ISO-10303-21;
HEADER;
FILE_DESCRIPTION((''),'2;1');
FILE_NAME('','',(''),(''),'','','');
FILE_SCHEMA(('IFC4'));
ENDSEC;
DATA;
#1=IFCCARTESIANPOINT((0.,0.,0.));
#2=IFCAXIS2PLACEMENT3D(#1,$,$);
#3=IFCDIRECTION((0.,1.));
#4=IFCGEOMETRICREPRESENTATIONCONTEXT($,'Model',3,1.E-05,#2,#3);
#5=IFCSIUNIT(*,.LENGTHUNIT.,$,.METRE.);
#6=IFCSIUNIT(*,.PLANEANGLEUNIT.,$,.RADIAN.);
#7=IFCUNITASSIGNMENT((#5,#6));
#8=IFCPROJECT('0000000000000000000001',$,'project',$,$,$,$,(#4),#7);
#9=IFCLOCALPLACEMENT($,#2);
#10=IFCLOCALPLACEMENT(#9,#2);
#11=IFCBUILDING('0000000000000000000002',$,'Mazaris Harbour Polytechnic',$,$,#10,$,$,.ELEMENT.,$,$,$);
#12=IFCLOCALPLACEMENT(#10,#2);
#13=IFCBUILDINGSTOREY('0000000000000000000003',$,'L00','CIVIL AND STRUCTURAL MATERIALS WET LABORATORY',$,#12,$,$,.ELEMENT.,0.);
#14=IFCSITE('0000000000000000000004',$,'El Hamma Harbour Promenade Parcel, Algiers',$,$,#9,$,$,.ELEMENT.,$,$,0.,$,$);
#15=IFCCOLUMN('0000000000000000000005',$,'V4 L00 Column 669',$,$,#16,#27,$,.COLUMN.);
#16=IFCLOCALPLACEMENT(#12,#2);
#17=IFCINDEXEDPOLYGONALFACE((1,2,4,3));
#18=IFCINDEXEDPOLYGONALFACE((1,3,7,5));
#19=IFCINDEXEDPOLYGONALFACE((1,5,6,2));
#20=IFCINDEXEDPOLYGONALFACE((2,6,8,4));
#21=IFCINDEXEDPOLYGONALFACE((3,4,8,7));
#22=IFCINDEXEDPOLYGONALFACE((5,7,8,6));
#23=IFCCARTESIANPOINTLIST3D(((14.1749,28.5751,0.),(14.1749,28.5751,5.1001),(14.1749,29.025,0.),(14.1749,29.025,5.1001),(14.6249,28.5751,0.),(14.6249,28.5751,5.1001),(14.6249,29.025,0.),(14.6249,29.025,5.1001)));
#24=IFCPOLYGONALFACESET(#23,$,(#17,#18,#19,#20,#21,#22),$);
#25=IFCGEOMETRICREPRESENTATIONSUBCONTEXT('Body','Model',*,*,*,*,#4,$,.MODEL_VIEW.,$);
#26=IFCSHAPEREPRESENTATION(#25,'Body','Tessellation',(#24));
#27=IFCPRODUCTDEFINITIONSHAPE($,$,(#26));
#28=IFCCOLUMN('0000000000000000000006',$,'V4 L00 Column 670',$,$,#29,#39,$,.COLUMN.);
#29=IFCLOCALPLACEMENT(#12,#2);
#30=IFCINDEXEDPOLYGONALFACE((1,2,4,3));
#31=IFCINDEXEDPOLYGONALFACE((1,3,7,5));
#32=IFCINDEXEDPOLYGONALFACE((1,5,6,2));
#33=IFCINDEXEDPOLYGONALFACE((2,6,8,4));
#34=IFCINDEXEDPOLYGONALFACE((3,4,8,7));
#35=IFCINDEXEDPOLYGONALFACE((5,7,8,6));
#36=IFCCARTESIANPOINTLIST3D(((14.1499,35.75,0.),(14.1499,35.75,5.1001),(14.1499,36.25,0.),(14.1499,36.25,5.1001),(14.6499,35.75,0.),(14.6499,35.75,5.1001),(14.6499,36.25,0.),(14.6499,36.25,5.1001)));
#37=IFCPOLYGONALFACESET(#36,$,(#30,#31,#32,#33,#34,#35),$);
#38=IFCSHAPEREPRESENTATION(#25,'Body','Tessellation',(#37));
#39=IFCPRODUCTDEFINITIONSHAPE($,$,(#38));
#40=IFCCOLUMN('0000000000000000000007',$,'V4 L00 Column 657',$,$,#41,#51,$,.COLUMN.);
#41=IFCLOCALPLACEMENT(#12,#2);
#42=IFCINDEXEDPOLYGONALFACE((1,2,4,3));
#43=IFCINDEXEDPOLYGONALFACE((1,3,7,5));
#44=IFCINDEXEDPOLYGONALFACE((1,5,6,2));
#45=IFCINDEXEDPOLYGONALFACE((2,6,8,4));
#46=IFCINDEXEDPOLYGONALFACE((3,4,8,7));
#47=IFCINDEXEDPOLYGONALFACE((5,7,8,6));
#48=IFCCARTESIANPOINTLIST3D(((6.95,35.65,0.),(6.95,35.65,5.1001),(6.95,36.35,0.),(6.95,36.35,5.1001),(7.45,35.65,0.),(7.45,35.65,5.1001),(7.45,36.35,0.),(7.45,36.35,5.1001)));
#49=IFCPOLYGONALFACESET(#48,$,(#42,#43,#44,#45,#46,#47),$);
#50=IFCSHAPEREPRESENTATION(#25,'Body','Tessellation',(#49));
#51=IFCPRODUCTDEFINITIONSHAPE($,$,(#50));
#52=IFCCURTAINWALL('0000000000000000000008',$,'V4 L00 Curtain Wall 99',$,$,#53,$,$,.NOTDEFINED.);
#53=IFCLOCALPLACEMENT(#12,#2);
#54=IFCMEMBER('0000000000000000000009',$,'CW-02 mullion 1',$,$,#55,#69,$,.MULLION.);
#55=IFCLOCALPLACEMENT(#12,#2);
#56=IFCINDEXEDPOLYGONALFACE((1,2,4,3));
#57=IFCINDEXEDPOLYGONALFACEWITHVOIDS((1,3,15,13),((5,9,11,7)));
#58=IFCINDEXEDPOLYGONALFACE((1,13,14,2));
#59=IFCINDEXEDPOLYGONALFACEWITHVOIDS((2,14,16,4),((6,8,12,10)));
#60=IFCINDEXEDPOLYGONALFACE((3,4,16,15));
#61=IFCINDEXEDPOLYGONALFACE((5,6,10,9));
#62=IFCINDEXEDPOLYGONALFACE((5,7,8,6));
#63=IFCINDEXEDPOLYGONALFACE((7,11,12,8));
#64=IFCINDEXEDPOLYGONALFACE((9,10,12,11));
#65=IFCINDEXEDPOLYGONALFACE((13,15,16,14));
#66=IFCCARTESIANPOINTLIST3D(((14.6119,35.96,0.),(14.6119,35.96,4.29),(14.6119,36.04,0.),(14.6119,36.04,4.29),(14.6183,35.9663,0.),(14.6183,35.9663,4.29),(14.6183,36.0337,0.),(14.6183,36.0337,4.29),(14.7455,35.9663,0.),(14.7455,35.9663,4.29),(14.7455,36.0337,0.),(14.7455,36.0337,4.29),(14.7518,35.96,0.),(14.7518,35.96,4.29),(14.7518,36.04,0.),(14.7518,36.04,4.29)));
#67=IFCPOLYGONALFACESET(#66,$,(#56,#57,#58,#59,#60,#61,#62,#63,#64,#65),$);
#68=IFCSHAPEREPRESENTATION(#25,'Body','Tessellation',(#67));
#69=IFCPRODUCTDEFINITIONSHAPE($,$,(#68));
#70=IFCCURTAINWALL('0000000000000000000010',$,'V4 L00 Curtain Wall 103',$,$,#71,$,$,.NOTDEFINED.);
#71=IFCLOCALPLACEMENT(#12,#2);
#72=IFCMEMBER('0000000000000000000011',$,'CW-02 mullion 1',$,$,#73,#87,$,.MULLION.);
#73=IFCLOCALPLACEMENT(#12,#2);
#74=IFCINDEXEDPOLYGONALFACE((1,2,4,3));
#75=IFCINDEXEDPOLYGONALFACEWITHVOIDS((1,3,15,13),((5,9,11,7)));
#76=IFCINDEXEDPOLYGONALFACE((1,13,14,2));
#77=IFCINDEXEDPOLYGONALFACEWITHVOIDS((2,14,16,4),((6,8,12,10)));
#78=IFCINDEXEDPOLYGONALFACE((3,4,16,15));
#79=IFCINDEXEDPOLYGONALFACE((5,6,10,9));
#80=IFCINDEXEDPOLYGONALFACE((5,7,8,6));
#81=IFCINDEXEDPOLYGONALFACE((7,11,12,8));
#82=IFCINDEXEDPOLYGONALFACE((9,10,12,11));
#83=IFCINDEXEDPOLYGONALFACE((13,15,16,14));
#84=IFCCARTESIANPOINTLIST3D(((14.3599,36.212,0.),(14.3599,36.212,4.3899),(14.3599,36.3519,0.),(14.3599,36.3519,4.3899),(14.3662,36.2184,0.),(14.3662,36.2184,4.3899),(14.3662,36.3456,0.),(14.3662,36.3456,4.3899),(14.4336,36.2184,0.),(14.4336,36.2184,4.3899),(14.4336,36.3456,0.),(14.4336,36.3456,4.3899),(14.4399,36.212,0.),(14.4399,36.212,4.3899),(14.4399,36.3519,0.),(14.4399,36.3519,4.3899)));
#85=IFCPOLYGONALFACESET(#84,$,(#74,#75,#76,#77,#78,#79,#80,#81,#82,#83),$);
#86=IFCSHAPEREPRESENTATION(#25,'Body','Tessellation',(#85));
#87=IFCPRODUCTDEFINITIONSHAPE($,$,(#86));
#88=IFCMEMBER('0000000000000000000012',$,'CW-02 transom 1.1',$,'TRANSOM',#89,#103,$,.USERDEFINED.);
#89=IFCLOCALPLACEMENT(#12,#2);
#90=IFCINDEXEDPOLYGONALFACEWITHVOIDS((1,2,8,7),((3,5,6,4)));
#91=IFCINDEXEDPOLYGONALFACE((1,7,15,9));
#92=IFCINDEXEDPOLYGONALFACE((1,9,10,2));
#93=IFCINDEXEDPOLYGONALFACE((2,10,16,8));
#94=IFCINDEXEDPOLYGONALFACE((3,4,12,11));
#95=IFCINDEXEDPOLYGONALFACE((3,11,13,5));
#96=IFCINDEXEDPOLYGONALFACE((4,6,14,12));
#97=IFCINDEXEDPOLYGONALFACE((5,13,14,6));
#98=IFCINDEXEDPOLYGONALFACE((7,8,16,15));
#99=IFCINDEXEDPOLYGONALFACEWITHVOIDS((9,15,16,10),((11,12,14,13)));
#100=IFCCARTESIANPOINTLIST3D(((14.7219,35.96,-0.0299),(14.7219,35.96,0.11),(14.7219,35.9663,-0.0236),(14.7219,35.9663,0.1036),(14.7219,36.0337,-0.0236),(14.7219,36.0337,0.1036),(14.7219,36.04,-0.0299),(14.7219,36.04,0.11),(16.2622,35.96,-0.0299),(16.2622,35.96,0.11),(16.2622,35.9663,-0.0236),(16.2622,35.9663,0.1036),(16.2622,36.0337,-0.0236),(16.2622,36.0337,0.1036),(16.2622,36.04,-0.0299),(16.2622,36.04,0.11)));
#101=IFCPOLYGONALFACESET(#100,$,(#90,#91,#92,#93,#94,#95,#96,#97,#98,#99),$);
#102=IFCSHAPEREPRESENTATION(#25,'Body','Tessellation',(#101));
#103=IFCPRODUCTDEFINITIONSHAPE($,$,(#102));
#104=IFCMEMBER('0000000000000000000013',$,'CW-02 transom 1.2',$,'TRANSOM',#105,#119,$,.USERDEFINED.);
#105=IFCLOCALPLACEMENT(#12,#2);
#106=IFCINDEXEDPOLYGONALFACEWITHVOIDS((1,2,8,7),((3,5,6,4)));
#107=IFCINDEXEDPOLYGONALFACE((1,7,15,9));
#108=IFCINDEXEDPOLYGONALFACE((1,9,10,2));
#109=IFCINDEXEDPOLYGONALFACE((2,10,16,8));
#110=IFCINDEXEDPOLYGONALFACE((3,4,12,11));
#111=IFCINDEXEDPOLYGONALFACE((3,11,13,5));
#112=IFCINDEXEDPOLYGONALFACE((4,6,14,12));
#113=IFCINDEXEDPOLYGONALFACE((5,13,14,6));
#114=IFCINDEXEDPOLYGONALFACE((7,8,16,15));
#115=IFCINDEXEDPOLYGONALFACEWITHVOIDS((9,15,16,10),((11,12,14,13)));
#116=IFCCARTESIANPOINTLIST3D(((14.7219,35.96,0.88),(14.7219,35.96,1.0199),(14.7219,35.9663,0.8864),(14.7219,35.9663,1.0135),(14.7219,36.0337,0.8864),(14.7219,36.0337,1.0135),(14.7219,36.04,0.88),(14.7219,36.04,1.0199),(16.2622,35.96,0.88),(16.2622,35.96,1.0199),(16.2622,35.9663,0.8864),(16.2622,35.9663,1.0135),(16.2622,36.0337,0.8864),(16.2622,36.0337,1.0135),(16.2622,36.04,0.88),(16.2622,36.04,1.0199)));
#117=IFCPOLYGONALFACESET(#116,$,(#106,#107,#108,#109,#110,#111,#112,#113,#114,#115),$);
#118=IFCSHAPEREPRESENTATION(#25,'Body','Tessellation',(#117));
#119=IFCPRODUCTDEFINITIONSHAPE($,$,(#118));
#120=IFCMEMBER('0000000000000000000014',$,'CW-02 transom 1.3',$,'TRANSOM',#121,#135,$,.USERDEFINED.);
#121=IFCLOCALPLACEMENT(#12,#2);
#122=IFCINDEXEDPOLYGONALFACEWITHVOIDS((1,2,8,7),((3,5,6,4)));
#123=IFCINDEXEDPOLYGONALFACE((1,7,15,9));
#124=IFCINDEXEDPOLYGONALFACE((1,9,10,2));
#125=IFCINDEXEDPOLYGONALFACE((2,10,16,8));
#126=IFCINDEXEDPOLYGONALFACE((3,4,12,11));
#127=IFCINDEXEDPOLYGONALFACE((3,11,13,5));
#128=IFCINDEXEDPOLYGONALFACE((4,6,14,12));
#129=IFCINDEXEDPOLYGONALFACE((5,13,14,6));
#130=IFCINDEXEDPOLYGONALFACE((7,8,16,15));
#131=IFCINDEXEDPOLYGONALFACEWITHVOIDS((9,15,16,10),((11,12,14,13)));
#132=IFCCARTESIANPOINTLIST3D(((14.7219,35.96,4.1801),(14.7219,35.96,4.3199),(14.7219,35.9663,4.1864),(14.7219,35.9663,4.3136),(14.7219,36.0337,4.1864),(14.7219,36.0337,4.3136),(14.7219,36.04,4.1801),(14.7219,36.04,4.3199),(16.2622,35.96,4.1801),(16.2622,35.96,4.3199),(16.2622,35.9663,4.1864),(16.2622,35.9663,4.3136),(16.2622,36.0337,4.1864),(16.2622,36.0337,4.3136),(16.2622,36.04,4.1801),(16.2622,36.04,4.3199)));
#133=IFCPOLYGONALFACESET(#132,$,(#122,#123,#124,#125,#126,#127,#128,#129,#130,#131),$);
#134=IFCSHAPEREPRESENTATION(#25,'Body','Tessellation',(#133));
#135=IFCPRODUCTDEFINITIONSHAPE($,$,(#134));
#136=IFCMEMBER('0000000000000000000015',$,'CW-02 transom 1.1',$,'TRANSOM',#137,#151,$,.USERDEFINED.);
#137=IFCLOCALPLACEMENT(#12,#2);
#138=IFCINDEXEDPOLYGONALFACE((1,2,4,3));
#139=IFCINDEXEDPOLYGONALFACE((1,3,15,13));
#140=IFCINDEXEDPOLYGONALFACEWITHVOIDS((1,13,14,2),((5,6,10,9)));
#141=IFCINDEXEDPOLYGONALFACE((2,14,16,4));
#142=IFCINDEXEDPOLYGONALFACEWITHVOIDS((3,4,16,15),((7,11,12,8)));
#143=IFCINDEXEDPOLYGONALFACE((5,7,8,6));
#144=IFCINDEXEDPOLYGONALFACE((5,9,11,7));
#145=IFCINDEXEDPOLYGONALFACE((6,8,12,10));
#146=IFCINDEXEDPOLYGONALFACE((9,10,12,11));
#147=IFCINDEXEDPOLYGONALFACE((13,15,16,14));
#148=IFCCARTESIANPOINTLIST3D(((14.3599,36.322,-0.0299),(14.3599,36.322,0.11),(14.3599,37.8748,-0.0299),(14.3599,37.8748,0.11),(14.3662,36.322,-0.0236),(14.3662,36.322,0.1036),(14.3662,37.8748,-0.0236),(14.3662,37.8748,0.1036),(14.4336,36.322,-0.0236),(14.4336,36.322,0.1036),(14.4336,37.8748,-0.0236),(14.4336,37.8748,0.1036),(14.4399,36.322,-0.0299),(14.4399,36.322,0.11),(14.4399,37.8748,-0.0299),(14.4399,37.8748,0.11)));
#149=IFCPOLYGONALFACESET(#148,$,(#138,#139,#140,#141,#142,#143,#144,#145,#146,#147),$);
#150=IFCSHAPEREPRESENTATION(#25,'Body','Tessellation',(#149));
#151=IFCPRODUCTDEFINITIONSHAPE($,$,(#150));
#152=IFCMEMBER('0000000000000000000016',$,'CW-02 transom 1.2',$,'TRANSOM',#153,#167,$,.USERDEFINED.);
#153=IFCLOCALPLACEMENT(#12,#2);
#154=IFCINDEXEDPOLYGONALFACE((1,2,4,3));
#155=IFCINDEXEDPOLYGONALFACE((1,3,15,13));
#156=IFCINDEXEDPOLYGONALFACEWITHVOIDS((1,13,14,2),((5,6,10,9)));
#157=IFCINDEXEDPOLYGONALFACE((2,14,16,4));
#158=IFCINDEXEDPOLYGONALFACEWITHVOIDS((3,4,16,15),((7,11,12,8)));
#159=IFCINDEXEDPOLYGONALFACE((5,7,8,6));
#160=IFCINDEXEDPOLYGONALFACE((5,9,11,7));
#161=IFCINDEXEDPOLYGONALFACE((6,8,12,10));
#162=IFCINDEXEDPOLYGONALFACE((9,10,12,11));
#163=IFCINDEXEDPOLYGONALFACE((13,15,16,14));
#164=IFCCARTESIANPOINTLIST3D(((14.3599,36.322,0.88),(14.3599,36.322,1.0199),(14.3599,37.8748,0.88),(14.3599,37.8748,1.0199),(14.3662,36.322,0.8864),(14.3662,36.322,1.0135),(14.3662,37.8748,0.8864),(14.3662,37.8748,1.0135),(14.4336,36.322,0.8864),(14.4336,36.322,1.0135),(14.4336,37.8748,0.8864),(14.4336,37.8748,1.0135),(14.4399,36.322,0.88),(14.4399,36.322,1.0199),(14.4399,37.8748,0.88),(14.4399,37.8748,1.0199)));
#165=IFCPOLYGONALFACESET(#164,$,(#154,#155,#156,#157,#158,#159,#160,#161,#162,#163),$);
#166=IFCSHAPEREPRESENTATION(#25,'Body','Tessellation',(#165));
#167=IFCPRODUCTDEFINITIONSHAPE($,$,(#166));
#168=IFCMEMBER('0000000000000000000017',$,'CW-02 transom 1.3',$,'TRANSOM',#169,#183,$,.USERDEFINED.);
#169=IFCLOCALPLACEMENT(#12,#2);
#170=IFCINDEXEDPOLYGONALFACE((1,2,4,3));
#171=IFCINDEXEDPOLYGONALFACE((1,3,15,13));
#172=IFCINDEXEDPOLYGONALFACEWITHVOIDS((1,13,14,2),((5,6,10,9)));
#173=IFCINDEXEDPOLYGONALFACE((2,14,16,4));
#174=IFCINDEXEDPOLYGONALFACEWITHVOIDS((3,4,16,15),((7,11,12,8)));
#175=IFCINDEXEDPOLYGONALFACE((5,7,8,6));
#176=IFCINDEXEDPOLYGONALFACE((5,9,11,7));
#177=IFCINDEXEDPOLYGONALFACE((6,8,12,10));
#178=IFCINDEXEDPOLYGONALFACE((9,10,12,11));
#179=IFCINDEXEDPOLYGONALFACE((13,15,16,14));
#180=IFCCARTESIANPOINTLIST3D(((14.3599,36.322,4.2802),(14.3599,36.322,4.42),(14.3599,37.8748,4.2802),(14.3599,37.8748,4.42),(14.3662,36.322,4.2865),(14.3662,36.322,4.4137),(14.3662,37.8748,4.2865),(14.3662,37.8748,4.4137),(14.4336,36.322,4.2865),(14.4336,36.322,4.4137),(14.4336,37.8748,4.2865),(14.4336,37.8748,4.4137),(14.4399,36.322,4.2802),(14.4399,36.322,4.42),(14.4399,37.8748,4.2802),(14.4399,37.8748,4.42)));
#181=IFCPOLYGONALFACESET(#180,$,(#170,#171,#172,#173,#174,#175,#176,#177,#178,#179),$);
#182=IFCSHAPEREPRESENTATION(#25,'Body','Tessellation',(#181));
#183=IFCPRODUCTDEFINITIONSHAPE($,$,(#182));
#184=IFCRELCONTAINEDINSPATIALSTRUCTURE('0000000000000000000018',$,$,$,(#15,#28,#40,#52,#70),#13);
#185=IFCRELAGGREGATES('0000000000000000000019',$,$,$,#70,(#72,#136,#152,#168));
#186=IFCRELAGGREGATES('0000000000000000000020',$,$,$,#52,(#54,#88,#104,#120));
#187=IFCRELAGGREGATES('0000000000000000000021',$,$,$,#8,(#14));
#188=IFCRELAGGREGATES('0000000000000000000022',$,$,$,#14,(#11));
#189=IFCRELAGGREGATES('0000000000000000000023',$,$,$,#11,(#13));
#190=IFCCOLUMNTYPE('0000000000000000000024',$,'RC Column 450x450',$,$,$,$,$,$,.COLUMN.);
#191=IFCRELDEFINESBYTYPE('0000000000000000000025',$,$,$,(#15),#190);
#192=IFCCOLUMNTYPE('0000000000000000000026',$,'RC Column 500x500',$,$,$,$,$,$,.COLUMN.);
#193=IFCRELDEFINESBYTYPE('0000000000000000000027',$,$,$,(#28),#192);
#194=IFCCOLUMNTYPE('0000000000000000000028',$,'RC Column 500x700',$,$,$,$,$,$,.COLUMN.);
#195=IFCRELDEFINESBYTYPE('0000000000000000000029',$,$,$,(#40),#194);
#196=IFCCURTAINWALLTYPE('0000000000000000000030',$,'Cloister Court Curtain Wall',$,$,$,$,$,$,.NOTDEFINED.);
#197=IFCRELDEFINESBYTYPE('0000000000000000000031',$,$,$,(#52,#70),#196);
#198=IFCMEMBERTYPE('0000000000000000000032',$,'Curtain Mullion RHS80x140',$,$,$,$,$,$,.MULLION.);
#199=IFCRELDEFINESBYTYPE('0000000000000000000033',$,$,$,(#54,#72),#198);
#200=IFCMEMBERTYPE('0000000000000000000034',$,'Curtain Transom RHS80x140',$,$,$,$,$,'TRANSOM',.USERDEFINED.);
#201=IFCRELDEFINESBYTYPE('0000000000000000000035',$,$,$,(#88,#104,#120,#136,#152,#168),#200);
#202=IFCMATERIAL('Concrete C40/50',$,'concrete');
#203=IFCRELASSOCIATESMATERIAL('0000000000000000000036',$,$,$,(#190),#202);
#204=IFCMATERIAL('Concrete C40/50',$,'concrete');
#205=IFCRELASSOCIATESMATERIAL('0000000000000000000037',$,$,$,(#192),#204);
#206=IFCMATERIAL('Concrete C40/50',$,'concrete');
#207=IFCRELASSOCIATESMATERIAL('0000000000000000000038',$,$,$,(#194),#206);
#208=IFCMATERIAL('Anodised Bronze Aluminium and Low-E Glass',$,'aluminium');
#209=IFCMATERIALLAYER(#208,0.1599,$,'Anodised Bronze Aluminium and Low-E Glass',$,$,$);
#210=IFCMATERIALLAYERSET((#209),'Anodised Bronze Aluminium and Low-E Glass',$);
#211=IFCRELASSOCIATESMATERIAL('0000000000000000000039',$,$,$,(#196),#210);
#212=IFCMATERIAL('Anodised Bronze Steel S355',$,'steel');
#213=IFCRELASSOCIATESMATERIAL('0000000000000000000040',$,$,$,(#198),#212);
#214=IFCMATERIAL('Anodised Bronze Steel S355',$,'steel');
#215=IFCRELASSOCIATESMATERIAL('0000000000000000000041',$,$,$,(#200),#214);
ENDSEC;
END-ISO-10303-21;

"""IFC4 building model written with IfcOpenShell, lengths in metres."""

from ifc_helpers import new_model, si_unit, direction, frame, origin, origin_2d, place, context, subcontext, project, spatial, rectangle, hollow_rectangle, extrude, material, layer, layer_set, material_profile, profile_set, type_object, element, aggregate, save


model = new_model("IFC4")

# Units and contexts
model_context = context("Model", 3, precision=1e-05, world=origin(), true_north=direction((0.0, 1.0)))
body_context = subcontext(model_context, "Body", "Model", "MODEL_VIEW")
ifc_project = project(units=[si_unit("LENGTHUNIT", "METRE"), si_unit("PLANEANGLEUNIT", "RADIAN")], contexts=[model_context])

# Site, building, storey
site_placement = place(None, origin())
site = spatial("IfcSite", under=ifc_project, at=site_placement, Name="El Hamma Harbour Promenade Parcel, Algiers", CompositionType="ELEMENT", RefElevation=0.0)
building_placement = place(site_placement, origin())
building = spatial("IfcBuilding", under=site, at=building_placement, Name="Mazaris Harbour Polytechnic", CompositionType="ELEMENT")
storey_placement = place(building_placement, origin())
storey = spatial("IfcBuildingStorey", under=building, at=storey_placement, Name="L00", Description="CIVIL AND STRUCTURAL MATERIALS WET LABORATORY", CompositionType="ELEMENT", Elevation=0.0)

# Columns
ifc_material_1 = material(Name="Concrete C40/50", Category="concrete")
ifc_material_profile_1 = material_profile(ifc_material_1, rectangle(XDim=0.45, YDim=0.45, at=origin_2d()), Name="RECT450x450")
ifc_profile_set_1 = profile_set([ifc_material_profile_1], Name="Concrete C40/50")
column_type_1 = type_object("IfcColumnType", Name="RC Column 450x450", PredefinedType="COLUMN", material=ifc_profile_set_1)
column_1_placement = place(storey_placement, frame((14.3999, 28.8, 0.0), z_axis=(0.0, 0.0, 1.0), x_axis=(1.0, 0.0, 0.0)))
element("IfcColumn", 1, at=column_1_placement, inside=storey, type_object=column_type_1, Name="V4 L00 Column 669", PredefinedType="COLUMN", context=body_context, shape_type="SweptSolid", body=[
    extrude(rectangle(XDim=0.45, YDim=0.45, at=origin_2d()), origin(), (0.0, 0.0, 1.0), 5.1001),
])
ifc_material_2 = material(Name="Concrete C40/50", Category="concrete")
ifc_material_profile_2 = material_profile(ifc_material_2, rectangle(XDim=0.5, YDim=0.5, at=origin_2d()), Name="RECT500x500")
ifc_profile_set_2 = profile_set([ifc_material_profile_2], Name="Concrete C40/50")
column_type_2 = type_object("IfcColumnType", Name="RC Column 500x500", PredefinedType="COLUMN", material=ifc_profile_set_2)
column_2_placement = place(storey_placement, frame((14.3999, 36.0, 0.0), z_axis=(0.0, 0.0, 1.0), x_axis=(1.0, 0.0, 0.0)))
element("IfcColumn", 2, at=column_2_placement, inside=storey, type_object=column_type_2, Name="V4 L00 Column 670", PredefinedType="COLUMN", context=body_context, shape_type="SweptSolid", body=[
    extrude(rectangle(XDim=0.5, YDim=0.5, at=origin_2d()), origin(), (0.0, 0.0, 1.0), 5.1001),
])
ifc_material_3 = material(Name="Concrete C40/50", Category="concrete")
ifc_material_profile_3 = material_profile(ifc_material_3, rectangle(XDim=0.5, YDim=0.7, at=origin_2d()), Name="RECT500x700")
ifc_profile_set_3 = profile_set([ifc_material_profile_3], Name="Concrete C40/50")
column_type_3 = type_object("IfcColumnType", Name="RC Column 500x700", PredefinedType="COLUMN", material=ifc_profile_set_3)
column_3_placement = place(storey_placement, frame((7.2, 36.0, 0.0), z_axis=(0.0, 0.0, 1.0), x_axis=(1.0, 0.0, 0.0)))
element("IfcColumn", 3, at=column_3_placement, inside=storey, type_object=column_type_3, Name="V4 L00 Column 657", PredefinedType="COLUMN", context=body_context, shape_type="SweptSolid", body=[
    extrude(rectangle(XDim=0.5, YDim=0.7, at=origin_2d()), origin(), (0.0, 0.0, 1.0), 5.1001),
])

# Curtain walls, members
ifc_material_4 = material(Name="Anodised Bronze Aluminium and Low-E Glass", Category="aluminium")
ifc_layer_1 = layer(ifc_material_4, 0.1599, Name="Anodised Bronze Aluminium and Low-E Glass")
ifc_layer_set_1 = layer_set([ifc_layer_1], Name="Anodised Bronze Aluminium and Low-E Glass")
curtain_wall_type = type_object("IfcCurtainWallType", Name="Cloister Court Curtain Wall", PredefinedType="NOTDEFINED", material=ifc_layer_set_1)
curtain_wall_1_placement = place(storey_placement, origin())
curtain_wall_1 = element("IfcCurtainWall", 4, at=curtain_wall_1_placement, inside=storey, type_object=curtain_wall_type, Name="V4 L00 Curtain Wall 99", PredefinedType="NOTDEFINED")
ifc_material_5 = material(Name="Anodised Bronze Steel S355", Category="steel")
ifc_material_profile_4 = material_profile(ifc_material_5, hollow_rectangle(XDim=0.0801, YDim=0.1399, WallThickness=0.0063, at=origin_2d()), Name="RHS 80x140x6.3")
ifc_profile_set_4 = profile_set([ifc_material_profile_4], Name="Anodised Bronze Steel S355")
member_type_1 = type_object("IfcMemberType", Name="Curtain Mullion RHS80x140", PredefinedType="MULLION", material=ifc_profile_set_4)
member_1_placement = place(storey_placement, frame((14.6819, 36.0, 0.0), z_axis=(0.0, 0.0, 1.0), x_axis=(0.0, 1.0, 0.0)))
member_1 = element("IfcMember", 5, at=member_1_placement, type_object=member_type_1, Name="CW-02 mullion 1", PredefinedType="MULLION", context=body_context, shape_type="SweptSolid", body=[
    extrude(hollow_rectangle(XDim=0.0801, YDim=0.1399, WallThickness=0.0063, at=origin_2d()), origin(), (0.0, 0.0, 1.0), 4.29),
])
curtain_wall_2_placement = place(storey_placement, origin())
curtain_wall_2 = element("IfcCurtainWall", 6, at=curtain_wall_2_placement, inside=storey, type_object=curtain_wall_type, Name="V4 L00 Curtain Wall 103", PredefinedType="NOTDEFINED")
member_2_placement = place(storey_placement, frame((14.3999, 36.282, 0.0), z_axis=(0.0, 0.0, 1.0), x_axis=(-1.0, 0.0, 0.0)))
member_2 = element("IfcMember", 7, at=member_2_placement, type_object=member_type_1, Name="CW-02 mullion 1", PredefinedType="MULLION", context=body_context, shape_type="SweptSolid", body=[
    extrude(hollow_rectangle(XDim=0.0801, YDim=0.1399, WallThickness=0.0063, at=origin_2d()), origin(), (0.0, 0.0, 1.0), 4.3899),
])

# Members
ifc_material_6 = material(Name="Anodised Bronze Steel S355", Category="steel")
ifc_material_profile_5 = material_profile(ifc_material_6, hollow_rectangle(XDim=0.0801, YDim=0.1399, WallThickness=0.0063, at=origin_2d()), Name="RHS 80x140x6.3")
ifc_profile_set_5 = profile_set([ifc_material_profile_5], Name="Anodised Bronze Steel S355")
member_type_2 = type_object("IfcMemberType", Name="Curtain Transom RHS80x140", ElementType="TRANSOM", PredefinedType="USERDEFINED", material=ifc_profile_set_5)
member_3_placement = place(storey_placement, frame((14.7219, 36.0, 0.04), z_axis=(1.0, 0.0, 0.0), x_axis=(0.0, 1.0, 0.0)))
member_3 = element("IfcMember", 8, at=member_3_placement, type_object=member_type_2, Name="CW-02 transom 1.1", ObjectType="TRANSOM", PredefinedType="USERDEFINED", context=body_context, shape_type="SweptSolid", body=[
    extrude(hollow_rectangle(XDim=0.0801, YDim=0.1399, WallThickness=0.0063, at=origin_2d()), origin(), (0.0, 0.0, 1.0), 1.5403),
])
member_4_placement = place(storey_placement, frame((14.7219, 36.0, 0.95), z_axis=(1.0, 0.0, 0.0), x_axis=(0.0, 1.0, 0.0)))
member_4 = element("IfcMember", 9, at=member_4_placement, type_object=member_type_2, Name="CW-02 transom 1.2", ObjectType="TRANSOM", PredefinedType="USERDEFINED", context=body_context, shape_type="SweptSolid", body=[
    extrude(hollow_rectangle(XDim=0.0801, YDim=0.1399, WallThickness=0.0063, at=origin_2d()), origin(), (0.0, 0.0, 1.0), 1.5403),
])
member_5_placement = place(storey_placement, frame((14.7219, 36.0, 4.25), z_axis=(1.0, 0.0, 0.0), x_axis=(0.0, 1.0, 0.0)))
member_5 = element("IfcMember", 10, at=member_5_placement, type_object=member_type_2, Name="CW-02 transom 1.3", ObjectType="TRANSOM", PredefinedType="USERDEFINED", context=body_context, shape_type="SweptSolid", body=[
    extrude(hollow_rectangle(XDim=0.0801, YDim=0.1399, WallThickness=0.0063, at=origin_2d()), origin(), (0.0, 0.0, 1.0), 1.5403),
])
member_6_placement = place(storey_placement, frame((14.3999, 36.322, 0.04), z_axis=(0.0, 1.0, 0.0), x_axis=(-1.0, 0.0, 0.0)))
member_6 = element("IfcMember", 11, at=member_6_placement, type_object=member_type_2, Name="CW-02 transom 1.1", ObjectType="TRANSOM", PredefinedType="USERDEFINED", context=body_context, shape_type="SweptSolid", body=[
    extrude(hollow_rectangle(XDim=0.0801, YDim=0.1399, WallThickness=0.0063, at=origin_2d()), origin(), (0.0, 0.0, 1.0), 1.5527),
])
member_7_placement = place(storey_placement, frame((14.3999, 36.322, 0.95), z_axis=(0.0, 1.0, 0.0), x_axis=(-1.0, 0.0, 0.0)))
member_7 = element("IfcMember", 12, at=member_7_placement, type_object=member_type_2, Name="CW-02 transom 1.2", ObjectType="TRANSOM", PredefinedType="USERDEFINED", context=body_context, shape_type="SweptSolid", body=[
    extrude(hollow_rectangle(XDim=0.0801, YDim=0.1399, WallThickness=0.0063, at=origin_2d()), origin(), (0.0, 0.0, 1.0), 1.5527),
])
member_8_placement = place(storey_placement, frame((14.3999, 36.322, 4.3501), z_axis=(0.0, 1.0, 0.0), x_axis=(-1.0, 0.0, 0.0)))
member_8 = element("IfcMember", 13, at=member_8_placement, type_object=member_type_2, Name="CW-02 transom 1.3", ObjectType="TRANSOM", PredefinedType="USERDEFINED", context=body_context, shape_type="SweptSolid", body=[
    extrude(hollow_rectangle(XDim=0.0801, YDim=0.1399, WallThickness=0.0063, at=origin_2d()), origin(), (0.0, 0.0, 1.0), 1.5527),
])
aggregate(curtain_wall_2, [member_2, member_6, member_7, member_8])

aggregate(curtain_wall_1, [member_1, member_3, member_4, member_5])

save(model, "model.ifc")
